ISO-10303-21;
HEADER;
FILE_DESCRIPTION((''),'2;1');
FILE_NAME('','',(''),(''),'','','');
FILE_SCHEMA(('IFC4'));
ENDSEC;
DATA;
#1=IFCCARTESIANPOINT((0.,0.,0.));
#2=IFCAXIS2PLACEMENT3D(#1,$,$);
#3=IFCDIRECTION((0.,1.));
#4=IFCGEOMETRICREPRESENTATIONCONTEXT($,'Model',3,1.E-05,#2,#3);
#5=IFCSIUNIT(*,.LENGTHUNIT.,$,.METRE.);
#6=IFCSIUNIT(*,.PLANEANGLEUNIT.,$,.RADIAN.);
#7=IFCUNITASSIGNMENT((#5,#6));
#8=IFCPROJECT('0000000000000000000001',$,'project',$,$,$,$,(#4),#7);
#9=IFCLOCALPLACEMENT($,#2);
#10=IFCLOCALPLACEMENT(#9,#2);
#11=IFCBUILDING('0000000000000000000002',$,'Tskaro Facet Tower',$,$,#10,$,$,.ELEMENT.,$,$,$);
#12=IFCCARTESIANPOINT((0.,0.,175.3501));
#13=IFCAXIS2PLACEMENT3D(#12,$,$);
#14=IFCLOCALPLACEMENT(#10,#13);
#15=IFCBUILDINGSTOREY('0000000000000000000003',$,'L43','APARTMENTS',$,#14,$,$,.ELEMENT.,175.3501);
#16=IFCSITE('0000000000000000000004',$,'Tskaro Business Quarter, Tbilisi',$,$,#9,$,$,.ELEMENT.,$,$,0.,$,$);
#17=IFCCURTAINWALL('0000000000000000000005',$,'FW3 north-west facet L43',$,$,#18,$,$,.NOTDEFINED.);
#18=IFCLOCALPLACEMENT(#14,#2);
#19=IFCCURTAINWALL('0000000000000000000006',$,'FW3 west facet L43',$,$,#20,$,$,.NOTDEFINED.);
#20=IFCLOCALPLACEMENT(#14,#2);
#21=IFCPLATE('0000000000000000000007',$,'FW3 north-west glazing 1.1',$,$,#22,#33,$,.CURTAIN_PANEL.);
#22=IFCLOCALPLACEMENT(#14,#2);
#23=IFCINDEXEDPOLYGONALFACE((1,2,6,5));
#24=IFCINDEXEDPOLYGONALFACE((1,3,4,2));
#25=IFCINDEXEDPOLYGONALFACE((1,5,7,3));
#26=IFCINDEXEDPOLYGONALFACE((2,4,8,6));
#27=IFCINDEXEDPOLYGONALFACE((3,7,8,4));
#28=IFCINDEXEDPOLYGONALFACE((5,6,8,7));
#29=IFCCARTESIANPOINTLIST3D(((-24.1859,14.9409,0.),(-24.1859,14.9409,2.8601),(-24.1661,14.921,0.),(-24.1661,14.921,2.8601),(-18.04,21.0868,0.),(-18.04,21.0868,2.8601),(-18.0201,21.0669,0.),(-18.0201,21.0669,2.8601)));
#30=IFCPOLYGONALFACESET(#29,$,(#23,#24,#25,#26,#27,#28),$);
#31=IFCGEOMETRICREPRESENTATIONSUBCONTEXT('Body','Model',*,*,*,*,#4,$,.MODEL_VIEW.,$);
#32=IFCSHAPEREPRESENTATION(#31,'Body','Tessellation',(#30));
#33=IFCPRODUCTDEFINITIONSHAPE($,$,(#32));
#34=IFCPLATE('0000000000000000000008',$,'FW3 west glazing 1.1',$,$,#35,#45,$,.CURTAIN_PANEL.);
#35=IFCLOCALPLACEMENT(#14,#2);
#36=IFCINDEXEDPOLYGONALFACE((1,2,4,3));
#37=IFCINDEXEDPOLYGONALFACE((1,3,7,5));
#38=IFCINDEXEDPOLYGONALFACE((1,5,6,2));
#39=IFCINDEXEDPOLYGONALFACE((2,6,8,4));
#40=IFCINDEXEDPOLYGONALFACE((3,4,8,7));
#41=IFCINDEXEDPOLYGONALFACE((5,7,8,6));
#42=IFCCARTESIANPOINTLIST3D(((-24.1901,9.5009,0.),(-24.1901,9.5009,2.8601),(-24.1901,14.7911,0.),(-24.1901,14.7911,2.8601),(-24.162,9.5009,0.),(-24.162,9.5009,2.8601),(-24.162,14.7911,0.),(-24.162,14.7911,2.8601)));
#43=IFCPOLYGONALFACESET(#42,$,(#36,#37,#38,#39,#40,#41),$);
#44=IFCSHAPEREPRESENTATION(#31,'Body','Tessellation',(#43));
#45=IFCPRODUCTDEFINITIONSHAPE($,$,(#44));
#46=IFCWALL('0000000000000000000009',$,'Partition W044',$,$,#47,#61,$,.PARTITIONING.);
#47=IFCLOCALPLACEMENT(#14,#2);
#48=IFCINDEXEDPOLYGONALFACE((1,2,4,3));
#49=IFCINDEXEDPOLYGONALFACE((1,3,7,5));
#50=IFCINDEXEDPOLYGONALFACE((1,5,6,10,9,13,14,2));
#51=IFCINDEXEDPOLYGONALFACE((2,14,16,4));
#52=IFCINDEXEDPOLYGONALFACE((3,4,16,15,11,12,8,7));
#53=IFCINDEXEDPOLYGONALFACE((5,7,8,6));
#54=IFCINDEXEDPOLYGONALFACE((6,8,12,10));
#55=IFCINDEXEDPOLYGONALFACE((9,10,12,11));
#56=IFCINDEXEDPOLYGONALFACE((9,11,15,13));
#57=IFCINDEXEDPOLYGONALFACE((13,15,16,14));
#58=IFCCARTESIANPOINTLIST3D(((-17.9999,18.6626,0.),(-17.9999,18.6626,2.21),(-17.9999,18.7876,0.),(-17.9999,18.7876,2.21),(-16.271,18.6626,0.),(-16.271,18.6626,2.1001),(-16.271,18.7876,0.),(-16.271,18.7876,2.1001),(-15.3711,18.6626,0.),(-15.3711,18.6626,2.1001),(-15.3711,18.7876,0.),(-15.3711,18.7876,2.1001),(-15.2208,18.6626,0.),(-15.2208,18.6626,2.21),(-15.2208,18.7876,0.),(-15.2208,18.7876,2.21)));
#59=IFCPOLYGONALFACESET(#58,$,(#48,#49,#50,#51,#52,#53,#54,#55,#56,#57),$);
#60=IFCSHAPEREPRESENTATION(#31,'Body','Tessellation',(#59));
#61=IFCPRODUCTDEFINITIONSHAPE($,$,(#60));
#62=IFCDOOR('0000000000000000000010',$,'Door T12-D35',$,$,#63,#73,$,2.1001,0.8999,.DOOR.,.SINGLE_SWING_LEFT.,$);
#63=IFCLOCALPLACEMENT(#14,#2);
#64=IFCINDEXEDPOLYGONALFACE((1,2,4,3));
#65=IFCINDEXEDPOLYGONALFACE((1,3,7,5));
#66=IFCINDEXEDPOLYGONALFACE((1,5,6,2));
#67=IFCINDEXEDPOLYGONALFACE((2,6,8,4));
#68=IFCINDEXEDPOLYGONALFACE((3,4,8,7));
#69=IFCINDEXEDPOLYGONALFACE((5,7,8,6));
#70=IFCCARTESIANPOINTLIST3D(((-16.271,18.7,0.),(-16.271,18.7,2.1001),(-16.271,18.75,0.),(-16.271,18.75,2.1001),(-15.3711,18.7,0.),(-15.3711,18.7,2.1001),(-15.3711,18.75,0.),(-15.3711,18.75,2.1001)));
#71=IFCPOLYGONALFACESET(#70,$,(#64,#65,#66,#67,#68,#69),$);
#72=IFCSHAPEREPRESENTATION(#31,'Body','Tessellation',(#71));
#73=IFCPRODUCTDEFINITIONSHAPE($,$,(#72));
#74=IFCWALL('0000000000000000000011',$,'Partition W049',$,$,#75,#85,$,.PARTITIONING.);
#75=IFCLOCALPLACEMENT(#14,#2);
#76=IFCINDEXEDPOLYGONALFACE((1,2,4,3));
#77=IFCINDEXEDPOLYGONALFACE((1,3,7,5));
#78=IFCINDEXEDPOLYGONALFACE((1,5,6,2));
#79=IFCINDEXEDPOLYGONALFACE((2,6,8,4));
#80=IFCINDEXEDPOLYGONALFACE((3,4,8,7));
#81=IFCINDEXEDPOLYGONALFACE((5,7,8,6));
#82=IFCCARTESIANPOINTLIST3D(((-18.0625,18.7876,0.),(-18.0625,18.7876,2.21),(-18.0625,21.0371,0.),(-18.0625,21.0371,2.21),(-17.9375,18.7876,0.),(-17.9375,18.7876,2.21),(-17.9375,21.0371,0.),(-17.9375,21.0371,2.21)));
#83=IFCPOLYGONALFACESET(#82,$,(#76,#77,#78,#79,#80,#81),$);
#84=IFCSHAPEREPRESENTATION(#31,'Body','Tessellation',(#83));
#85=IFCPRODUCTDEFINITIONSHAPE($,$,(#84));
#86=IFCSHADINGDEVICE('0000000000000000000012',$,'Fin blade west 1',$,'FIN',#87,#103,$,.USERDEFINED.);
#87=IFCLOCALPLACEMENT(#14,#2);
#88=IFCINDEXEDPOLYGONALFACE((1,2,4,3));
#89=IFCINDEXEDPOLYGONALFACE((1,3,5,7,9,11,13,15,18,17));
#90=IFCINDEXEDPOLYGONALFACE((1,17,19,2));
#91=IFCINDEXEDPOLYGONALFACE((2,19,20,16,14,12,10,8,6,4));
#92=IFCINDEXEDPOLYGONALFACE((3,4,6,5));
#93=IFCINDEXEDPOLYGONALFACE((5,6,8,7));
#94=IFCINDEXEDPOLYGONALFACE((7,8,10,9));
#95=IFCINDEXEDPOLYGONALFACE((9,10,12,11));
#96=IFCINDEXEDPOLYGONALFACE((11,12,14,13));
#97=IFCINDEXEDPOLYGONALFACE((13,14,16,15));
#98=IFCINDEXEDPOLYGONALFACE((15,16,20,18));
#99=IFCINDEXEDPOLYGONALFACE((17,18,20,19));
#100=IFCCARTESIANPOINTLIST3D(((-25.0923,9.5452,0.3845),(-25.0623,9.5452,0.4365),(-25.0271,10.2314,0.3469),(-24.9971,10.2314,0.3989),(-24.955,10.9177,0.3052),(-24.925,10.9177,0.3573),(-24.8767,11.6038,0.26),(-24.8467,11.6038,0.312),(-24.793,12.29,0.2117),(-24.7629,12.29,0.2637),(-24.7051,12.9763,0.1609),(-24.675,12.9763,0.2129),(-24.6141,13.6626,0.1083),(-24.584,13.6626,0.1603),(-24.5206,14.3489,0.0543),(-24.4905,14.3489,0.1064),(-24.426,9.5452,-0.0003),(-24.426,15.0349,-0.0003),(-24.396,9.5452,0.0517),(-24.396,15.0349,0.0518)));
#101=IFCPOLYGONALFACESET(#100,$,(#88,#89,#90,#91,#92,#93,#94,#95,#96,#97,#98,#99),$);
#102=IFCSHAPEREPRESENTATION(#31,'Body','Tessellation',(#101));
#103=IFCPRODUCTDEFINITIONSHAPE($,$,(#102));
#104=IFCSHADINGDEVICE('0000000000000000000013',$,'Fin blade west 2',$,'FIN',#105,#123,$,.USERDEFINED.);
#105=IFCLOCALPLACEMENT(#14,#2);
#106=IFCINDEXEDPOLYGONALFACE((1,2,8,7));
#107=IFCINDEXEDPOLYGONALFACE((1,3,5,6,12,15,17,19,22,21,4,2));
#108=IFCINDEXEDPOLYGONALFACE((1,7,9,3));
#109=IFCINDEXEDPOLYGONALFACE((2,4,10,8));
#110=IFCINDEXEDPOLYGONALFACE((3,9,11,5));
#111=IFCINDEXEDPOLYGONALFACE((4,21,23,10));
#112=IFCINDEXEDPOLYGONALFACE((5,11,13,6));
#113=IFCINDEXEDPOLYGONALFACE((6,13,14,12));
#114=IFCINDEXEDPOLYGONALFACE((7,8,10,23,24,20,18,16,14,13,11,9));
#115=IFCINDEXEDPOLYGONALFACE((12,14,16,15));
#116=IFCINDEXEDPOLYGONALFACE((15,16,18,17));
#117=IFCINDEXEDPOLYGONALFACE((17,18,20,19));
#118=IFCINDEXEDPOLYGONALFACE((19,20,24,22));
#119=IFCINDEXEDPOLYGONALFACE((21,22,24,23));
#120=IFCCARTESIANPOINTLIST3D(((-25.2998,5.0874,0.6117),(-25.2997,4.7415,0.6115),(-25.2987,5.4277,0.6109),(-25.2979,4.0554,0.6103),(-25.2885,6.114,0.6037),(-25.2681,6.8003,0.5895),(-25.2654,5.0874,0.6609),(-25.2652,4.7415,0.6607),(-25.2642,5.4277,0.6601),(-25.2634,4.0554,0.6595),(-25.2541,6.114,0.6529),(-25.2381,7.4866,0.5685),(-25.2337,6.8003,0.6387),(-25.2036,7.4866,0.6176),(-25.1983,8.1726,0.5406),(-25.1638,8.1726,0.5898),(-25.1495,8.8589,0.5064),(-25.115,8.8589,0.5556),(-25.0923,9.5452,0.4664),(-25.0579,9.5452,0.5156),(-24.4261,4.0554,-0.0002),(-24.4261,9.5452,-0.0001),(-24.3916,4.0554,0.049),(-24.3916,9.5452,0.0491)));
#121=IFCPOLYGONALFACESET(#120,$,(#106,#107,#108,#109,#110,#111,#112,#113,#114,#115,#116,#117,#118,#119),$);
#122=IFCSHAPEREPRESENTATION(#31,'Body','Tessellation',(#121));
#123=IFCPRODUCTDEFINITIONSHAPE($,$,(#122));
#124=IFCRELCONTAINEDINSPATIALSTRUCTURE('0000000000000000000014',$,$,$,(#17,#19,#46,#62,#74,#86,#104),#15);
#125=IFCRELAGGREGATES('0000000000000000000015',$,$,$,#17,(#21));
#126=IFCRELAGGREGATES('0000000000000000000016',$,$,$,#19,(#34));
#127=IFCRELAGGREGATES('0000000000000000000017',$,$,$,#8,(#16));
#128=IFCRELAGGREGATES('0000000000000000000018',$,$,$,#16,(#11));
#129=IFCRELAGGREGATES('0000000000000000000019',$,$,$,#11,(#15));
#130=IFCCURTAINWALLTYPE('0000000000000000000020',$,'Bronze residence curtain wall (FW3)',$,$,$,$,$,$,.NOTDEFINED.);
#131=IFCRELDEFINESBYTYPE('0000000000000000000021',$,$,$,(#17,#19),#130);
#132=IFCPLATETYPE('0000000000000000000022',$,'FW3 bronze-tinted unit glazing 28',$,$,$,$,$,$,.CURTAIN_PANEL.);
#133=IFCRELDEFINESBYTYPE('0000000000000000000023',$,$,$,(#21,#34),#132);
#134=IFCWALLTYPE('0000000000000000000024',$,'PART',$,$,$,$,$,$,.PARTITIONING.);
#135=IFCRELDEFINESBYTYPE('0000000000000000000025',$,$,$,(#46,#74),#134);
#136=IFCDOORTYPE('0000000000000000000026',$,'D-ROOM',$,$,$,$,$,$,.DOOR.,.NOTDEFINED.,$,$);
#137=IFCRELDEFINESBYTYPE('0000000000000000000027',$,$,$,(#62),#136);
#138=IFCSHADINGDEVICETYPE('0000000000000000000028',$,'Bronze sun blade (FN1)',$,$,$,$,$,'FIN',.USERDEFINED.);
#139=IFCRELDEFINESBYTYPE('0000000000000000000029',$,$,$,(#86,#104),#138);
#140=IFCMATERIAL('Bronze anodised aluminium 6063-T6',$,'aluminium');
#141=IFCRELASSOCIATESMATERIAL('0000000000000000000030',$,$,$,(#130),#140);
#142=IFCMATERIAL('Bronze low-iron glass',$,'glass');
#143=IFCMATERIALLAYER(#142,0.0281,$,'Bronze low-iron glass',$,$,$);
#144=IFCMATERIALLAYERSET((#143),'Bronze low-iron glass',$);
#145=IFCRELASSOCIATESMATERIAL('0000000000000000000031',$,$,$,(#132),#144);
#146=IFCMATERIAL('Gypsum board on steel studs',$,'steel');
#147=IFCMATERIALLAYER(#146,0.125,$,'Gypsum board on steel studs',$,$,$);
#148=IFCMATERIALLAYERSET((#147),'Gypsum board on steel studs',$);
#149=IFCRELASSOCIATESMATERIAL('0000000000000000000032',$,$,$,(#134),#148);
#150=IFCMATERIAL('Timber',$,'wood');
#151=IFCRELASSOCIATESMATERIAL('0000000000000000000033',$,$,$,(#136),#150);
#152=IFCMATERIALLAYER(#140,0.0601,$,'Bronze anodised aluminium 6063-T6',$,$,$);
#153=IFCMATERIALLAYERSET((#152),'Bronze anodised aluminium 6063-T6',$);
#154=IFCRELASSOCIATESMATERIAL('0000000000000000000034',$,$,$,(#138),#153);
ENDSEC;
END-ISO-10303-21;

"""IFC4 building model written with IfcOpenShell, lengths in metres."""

from ifc_helpers import new_model, si_unit, direction, frame, frame_2d, origin, origin_2d, place, context, subcontext, project, spatial, polyline, rectangle, outline, extrude, material, layer, layer_set, type_object, element, fill, aggregate, save


model = new_model("IFC4")

# Units and contexts
model_context = context("Model", 3, precision=1e-05, world=origin(), true_north=direction((0.0, 1.0)))
body_context = subcontext(model_context, "Body", "Model", "MODEL_VIEW")
ifc_project = project(units=[si_unit("LENGTHUNIT", "METRE"), si_unit("PLANEANGLEUNIT", "RADIAN")], contexts=[model_context])

# Site, building, storey
site_placement = place(None, origin())
site = spatial("IfcSite", under=ifc_project, at=site_placement, Name="Tskaro Business Quarter, Tbilisi", CompositionType="ELEMENT", RefElevation=0.0)
building_placement = place(site_placement, origin())
building = spatial("IfcBuilding", under=site, at=building_placement, Name="Tskaro Facet Tower", CompositionType="ELEMENT")
storey_placement = place(building_placement, frame((0.0, 0.0, 175.3501)))
storey = spatial("IfcBuildingStorey", under=building, at=storey_placement, Name="L43", Description="APARTMENTS", CompositionType="ELEMENT", Elevation=175.3501)

# Curtain walls
ifc_material_1 = material(Name="Bronze anodised aluminium 6063-T6", Category="aluminium")
curtain_wall_type = type_object("IfcCurtainWallType", Name="Bronze residence curtain wall (FW3)", PredefinedType="NOTDEFINED", material=ifc_material_1)
curtain_wall_1_placement = place(storey_placement, origin())
curtain_wall_1 = element("IfcCurtainWall", 1, at=curtain_wall_1_placement, inside=storey, type_object=curtain_wall_type, Name="FW3 north-west facet L43", PredefinedType="NOTDEFINED")
curtain_wall_2_placement = place(storey_placement, origin())
curtain_wall_2 = element("IfcCurtainWall", 2, at=curtain_wall_2_placement, inside=storey, type_object=curtain_wall_type, Name="FW3 west facet L43", PredefinedType="NOTDEFINED")

# Plates
ifc_material_2 = material(Name="Bronze low-iron glass", Category="glass")
ifc_layer_1 = layer(ifc_material_2, 0.0281, Name="Bronze low-iron glass")
ifc_layer_set_1 = layer_set([ifc_layer_1], Name="Bronze low-iron glass")
plate_type = type_object("IfcPlateType", Name="FW3 bronze-tinted unit glazing 28", PredefinedType="CURTAIN_PANEL", material=ifc_layer_set_1)
plate_1_placement = place(storey_placement, frame((-21.103, 18.0039, 0.0), z_axis=(0.0, 0.0, 1.0), x_axis=(-0.707107, -0.707107, 0.0)))
plate_1 = element("IfcPlate", 3, at=plate_1_placement, type_object=plate_type, Name="FW3 north-west glazing 1.1", PredefinedType="CURTAIN_PANEL", context=body_context, shape_type="SweptSolid", body=[
    extrude(rectangle(XDim=8.6917, YDim=0.0281, at=origin_2d()), origin(), (0.0, 0.0, 1.0), 2.8601),
])
aggregate(curtain_wall_1, [plate_1])
plate_2_placement = place(storey_placement, frame((-24.176, 12.146, 0.0), z_axis=(0.0, 0.0, 1.0), x_axis=(0.0, -1.0, 0.0)))
plate_2 = element("IfcPlate", 4, at=plate_2_placement, type_object=plate_type, Name="FW3 west glazing 1.1", PredefinedType="CURTAIN_PANEL", context=body_context, shape_type="SweptSolid", body=[
    extrude(rectangle(XDim=5.2903, YDim=0.0281, at=origin_2d()), origin(), (0.0, 0.0, 1.0), 2.8601),
])
aggregate(curtain_wall_2, [plate_2])

# Wall, opening, door
ifc_material_3 = material(Name="Gypsum board on steel studs", Category="steel")
ifc_layer_2 = layer(ifc_material_3, 0.125, Name="Gypsum board on steel studs")
ifc_layer_set_2 = layer_set([ifc_layer_2], Name="Gypsum board on steel studs")
wall_type = type_object("IfcWallType", Name="PART", PredefinedType="PARTITIONING", material=ifc_layer_set_2)
wall_1_placement = place(storey_placement, frame((-18.0, 18.7251, 0.0), z_axis=(0.0, 0.0, 1.0), x_axis=(1.0, 0.0, 0.0)))
wall_1 = element("IfcWall", 5, at=wall_1_placement, inside=storey, type_object=wall_type, Name="Partition W044", PredefinedType="PARTITIONING", context=body_context, shape_type="SweptSolid", body=[
    extrude(rectangle(XDim=2.7791, YDim=0.125, at=frame_2d((1.3896, 0.0))), origin(), (0.0, 0.0, 1.0), 2.21),
])
opening_placement = place(wall_1_placement, frame((1.729, 0.0, 0.0)))
opening = element("IfcOpeningElement", 6, at=opening_placement, cuts=wall_1, PredefinedType="OPENING", context=body_context, shape_type="SweptSolid", body=[
    extrude(rectangle(XDim=0.8999, YDim=2.1001, at=frame_2d((0.45, 1.05))), frame((0.0, 0.0725, 0.0), z_axis=(0.0, -1.0, 0.0), x_axis=(1.0, 0.0, 0.0)), (0.0, 0.0, 1.0), 0.145),
])
ifc_material_4 = material(Name="Timber", Category="wood")
door_type = type_object("IfcDoorType", Name="D-ROOM", OperationType="NOTDEFINED", PredefinedType="DOOR", material=ifc_material_4)
door_placement = place(opening_placement, origin())
door = element("IfcDoor", 7, at=door_placement, inside=storey, type_object=door_type, Name="Door T12-D35", OperationType="SINGLE_SWING_LEFT", OverallHeight=2.1001, OverallWidth=0.8999, PredefinedType="DOOR", context=body_context, shape_type="SweptSolid", body=[
    extrude(rectangle(XDim=0.8999, YDim=2.1001, at=frame_2d((0.45, 1.05))), frame((0.0, 0.0249, 0.0), z_axis=(0.0, -1.0, 0.0), x_axis=(1.0, 0.0, 0.0)), (0.0, 0.0, 1.0), 0.05),
])
fill(opening, door)

# Wall
wall_2_placement = place(storey_placement, frame((-18.0, 18.7876, 0.0), z_axis=(0.0, 0.0, 1.0), x_axis=(0.0, 1.0, 0.0)))
element("IfcWall", 8, at=wall_2_placement, inside=storey, type_object=wall_type, Name="Partition W049", PredefinedType="PARTITIONING", context=body_context, shape_type="SweptSolid", body=[
    extrude(rectangle(XDim=2.2495, YDim=0.125, at=frame_2d((1.1248, 0.0))), origin(), (0.0, 0.0, 1.0), 2.21),
])

# Shading devices
ifc_layer_3 = layer(ifc_material_1, 0.0601, Name="Bronze anodised aluminium 6063-T6")
ifc_layer_set_3 = layer_set([ifc_layer_3], Name="Bronze anodised aluminium 6063-T6")
shading_device_type = type_object("IfcShadingDeviceType", Name="Bronze sun blade (FN1)", ElementType="FIN", PredefinedType="USERDEFINED", material=ifc_layer_set_3)
shading_device_1_placement = place(storey_placement, frame((-24.396, 15.0349, 0.0518), z_axis=(0.500123, -0.000005, 0.865955), x_axis=(-0.000002, -1.0, -0.000004)))
element("IfcShadingDevice", 9, at=shading_device_1_placement, inside=storey, type_object=shading_device_type, Name="Fin blade west 1", ObjectType="FIN", PredefinedType="USERDEFINED", context=body_context, shape_type="SweptSolid", body=[
    extrude(outline(polyline([(0.0, 0.0), (5.4897, 0.0), (5.4897, -0.7694), (4.8035, -0.6941), (4.1172, -0.6109), (3.4312, -0.5204), (2.7449, -0.4237), (2.0586, -0.3222), (1.3723, -0.2171), (0.686, -0.1092), (0.0, 0.0)])), origin(), (0.0, 0.0, -1.0), 0.0601),
])
shading_device_2_placement = place(storey_placement, frame((-24.3916, 9.5452, 0.0491), z_axis=(0.573586, -0.000012, 0.819146), x_axis=(-0.000007, -1.0, -0.000009)))
element("IfcShadingDevice", 10, at=shading_device_2_placement, inside=storey, type_object=shading_device_type, Name="Fin blade west 2", ObjectType="FIN", PredefinedType="USERDEFINED", context=body_context, shape_type="SweptSolid", body=[
    extrude(outline(polyline([(0.0, 0.0), (5.4897, 0.0), (5.4897, -1.0642), (4.8037, -1.0665), (4.4578, -1.0667), (4.1174, -1.0653), (3.4312, -1.0529), (2.7449, -1.0279), (2.0586, -0.9913), (1.3726, -0.9427), (0.6863, -0.8831), (0.0, -0.8134), (0.0, 0.0)])), origin(), (0.0, 0.0, -1.0), 0.0601),
])

save(model, "model.ifc")
